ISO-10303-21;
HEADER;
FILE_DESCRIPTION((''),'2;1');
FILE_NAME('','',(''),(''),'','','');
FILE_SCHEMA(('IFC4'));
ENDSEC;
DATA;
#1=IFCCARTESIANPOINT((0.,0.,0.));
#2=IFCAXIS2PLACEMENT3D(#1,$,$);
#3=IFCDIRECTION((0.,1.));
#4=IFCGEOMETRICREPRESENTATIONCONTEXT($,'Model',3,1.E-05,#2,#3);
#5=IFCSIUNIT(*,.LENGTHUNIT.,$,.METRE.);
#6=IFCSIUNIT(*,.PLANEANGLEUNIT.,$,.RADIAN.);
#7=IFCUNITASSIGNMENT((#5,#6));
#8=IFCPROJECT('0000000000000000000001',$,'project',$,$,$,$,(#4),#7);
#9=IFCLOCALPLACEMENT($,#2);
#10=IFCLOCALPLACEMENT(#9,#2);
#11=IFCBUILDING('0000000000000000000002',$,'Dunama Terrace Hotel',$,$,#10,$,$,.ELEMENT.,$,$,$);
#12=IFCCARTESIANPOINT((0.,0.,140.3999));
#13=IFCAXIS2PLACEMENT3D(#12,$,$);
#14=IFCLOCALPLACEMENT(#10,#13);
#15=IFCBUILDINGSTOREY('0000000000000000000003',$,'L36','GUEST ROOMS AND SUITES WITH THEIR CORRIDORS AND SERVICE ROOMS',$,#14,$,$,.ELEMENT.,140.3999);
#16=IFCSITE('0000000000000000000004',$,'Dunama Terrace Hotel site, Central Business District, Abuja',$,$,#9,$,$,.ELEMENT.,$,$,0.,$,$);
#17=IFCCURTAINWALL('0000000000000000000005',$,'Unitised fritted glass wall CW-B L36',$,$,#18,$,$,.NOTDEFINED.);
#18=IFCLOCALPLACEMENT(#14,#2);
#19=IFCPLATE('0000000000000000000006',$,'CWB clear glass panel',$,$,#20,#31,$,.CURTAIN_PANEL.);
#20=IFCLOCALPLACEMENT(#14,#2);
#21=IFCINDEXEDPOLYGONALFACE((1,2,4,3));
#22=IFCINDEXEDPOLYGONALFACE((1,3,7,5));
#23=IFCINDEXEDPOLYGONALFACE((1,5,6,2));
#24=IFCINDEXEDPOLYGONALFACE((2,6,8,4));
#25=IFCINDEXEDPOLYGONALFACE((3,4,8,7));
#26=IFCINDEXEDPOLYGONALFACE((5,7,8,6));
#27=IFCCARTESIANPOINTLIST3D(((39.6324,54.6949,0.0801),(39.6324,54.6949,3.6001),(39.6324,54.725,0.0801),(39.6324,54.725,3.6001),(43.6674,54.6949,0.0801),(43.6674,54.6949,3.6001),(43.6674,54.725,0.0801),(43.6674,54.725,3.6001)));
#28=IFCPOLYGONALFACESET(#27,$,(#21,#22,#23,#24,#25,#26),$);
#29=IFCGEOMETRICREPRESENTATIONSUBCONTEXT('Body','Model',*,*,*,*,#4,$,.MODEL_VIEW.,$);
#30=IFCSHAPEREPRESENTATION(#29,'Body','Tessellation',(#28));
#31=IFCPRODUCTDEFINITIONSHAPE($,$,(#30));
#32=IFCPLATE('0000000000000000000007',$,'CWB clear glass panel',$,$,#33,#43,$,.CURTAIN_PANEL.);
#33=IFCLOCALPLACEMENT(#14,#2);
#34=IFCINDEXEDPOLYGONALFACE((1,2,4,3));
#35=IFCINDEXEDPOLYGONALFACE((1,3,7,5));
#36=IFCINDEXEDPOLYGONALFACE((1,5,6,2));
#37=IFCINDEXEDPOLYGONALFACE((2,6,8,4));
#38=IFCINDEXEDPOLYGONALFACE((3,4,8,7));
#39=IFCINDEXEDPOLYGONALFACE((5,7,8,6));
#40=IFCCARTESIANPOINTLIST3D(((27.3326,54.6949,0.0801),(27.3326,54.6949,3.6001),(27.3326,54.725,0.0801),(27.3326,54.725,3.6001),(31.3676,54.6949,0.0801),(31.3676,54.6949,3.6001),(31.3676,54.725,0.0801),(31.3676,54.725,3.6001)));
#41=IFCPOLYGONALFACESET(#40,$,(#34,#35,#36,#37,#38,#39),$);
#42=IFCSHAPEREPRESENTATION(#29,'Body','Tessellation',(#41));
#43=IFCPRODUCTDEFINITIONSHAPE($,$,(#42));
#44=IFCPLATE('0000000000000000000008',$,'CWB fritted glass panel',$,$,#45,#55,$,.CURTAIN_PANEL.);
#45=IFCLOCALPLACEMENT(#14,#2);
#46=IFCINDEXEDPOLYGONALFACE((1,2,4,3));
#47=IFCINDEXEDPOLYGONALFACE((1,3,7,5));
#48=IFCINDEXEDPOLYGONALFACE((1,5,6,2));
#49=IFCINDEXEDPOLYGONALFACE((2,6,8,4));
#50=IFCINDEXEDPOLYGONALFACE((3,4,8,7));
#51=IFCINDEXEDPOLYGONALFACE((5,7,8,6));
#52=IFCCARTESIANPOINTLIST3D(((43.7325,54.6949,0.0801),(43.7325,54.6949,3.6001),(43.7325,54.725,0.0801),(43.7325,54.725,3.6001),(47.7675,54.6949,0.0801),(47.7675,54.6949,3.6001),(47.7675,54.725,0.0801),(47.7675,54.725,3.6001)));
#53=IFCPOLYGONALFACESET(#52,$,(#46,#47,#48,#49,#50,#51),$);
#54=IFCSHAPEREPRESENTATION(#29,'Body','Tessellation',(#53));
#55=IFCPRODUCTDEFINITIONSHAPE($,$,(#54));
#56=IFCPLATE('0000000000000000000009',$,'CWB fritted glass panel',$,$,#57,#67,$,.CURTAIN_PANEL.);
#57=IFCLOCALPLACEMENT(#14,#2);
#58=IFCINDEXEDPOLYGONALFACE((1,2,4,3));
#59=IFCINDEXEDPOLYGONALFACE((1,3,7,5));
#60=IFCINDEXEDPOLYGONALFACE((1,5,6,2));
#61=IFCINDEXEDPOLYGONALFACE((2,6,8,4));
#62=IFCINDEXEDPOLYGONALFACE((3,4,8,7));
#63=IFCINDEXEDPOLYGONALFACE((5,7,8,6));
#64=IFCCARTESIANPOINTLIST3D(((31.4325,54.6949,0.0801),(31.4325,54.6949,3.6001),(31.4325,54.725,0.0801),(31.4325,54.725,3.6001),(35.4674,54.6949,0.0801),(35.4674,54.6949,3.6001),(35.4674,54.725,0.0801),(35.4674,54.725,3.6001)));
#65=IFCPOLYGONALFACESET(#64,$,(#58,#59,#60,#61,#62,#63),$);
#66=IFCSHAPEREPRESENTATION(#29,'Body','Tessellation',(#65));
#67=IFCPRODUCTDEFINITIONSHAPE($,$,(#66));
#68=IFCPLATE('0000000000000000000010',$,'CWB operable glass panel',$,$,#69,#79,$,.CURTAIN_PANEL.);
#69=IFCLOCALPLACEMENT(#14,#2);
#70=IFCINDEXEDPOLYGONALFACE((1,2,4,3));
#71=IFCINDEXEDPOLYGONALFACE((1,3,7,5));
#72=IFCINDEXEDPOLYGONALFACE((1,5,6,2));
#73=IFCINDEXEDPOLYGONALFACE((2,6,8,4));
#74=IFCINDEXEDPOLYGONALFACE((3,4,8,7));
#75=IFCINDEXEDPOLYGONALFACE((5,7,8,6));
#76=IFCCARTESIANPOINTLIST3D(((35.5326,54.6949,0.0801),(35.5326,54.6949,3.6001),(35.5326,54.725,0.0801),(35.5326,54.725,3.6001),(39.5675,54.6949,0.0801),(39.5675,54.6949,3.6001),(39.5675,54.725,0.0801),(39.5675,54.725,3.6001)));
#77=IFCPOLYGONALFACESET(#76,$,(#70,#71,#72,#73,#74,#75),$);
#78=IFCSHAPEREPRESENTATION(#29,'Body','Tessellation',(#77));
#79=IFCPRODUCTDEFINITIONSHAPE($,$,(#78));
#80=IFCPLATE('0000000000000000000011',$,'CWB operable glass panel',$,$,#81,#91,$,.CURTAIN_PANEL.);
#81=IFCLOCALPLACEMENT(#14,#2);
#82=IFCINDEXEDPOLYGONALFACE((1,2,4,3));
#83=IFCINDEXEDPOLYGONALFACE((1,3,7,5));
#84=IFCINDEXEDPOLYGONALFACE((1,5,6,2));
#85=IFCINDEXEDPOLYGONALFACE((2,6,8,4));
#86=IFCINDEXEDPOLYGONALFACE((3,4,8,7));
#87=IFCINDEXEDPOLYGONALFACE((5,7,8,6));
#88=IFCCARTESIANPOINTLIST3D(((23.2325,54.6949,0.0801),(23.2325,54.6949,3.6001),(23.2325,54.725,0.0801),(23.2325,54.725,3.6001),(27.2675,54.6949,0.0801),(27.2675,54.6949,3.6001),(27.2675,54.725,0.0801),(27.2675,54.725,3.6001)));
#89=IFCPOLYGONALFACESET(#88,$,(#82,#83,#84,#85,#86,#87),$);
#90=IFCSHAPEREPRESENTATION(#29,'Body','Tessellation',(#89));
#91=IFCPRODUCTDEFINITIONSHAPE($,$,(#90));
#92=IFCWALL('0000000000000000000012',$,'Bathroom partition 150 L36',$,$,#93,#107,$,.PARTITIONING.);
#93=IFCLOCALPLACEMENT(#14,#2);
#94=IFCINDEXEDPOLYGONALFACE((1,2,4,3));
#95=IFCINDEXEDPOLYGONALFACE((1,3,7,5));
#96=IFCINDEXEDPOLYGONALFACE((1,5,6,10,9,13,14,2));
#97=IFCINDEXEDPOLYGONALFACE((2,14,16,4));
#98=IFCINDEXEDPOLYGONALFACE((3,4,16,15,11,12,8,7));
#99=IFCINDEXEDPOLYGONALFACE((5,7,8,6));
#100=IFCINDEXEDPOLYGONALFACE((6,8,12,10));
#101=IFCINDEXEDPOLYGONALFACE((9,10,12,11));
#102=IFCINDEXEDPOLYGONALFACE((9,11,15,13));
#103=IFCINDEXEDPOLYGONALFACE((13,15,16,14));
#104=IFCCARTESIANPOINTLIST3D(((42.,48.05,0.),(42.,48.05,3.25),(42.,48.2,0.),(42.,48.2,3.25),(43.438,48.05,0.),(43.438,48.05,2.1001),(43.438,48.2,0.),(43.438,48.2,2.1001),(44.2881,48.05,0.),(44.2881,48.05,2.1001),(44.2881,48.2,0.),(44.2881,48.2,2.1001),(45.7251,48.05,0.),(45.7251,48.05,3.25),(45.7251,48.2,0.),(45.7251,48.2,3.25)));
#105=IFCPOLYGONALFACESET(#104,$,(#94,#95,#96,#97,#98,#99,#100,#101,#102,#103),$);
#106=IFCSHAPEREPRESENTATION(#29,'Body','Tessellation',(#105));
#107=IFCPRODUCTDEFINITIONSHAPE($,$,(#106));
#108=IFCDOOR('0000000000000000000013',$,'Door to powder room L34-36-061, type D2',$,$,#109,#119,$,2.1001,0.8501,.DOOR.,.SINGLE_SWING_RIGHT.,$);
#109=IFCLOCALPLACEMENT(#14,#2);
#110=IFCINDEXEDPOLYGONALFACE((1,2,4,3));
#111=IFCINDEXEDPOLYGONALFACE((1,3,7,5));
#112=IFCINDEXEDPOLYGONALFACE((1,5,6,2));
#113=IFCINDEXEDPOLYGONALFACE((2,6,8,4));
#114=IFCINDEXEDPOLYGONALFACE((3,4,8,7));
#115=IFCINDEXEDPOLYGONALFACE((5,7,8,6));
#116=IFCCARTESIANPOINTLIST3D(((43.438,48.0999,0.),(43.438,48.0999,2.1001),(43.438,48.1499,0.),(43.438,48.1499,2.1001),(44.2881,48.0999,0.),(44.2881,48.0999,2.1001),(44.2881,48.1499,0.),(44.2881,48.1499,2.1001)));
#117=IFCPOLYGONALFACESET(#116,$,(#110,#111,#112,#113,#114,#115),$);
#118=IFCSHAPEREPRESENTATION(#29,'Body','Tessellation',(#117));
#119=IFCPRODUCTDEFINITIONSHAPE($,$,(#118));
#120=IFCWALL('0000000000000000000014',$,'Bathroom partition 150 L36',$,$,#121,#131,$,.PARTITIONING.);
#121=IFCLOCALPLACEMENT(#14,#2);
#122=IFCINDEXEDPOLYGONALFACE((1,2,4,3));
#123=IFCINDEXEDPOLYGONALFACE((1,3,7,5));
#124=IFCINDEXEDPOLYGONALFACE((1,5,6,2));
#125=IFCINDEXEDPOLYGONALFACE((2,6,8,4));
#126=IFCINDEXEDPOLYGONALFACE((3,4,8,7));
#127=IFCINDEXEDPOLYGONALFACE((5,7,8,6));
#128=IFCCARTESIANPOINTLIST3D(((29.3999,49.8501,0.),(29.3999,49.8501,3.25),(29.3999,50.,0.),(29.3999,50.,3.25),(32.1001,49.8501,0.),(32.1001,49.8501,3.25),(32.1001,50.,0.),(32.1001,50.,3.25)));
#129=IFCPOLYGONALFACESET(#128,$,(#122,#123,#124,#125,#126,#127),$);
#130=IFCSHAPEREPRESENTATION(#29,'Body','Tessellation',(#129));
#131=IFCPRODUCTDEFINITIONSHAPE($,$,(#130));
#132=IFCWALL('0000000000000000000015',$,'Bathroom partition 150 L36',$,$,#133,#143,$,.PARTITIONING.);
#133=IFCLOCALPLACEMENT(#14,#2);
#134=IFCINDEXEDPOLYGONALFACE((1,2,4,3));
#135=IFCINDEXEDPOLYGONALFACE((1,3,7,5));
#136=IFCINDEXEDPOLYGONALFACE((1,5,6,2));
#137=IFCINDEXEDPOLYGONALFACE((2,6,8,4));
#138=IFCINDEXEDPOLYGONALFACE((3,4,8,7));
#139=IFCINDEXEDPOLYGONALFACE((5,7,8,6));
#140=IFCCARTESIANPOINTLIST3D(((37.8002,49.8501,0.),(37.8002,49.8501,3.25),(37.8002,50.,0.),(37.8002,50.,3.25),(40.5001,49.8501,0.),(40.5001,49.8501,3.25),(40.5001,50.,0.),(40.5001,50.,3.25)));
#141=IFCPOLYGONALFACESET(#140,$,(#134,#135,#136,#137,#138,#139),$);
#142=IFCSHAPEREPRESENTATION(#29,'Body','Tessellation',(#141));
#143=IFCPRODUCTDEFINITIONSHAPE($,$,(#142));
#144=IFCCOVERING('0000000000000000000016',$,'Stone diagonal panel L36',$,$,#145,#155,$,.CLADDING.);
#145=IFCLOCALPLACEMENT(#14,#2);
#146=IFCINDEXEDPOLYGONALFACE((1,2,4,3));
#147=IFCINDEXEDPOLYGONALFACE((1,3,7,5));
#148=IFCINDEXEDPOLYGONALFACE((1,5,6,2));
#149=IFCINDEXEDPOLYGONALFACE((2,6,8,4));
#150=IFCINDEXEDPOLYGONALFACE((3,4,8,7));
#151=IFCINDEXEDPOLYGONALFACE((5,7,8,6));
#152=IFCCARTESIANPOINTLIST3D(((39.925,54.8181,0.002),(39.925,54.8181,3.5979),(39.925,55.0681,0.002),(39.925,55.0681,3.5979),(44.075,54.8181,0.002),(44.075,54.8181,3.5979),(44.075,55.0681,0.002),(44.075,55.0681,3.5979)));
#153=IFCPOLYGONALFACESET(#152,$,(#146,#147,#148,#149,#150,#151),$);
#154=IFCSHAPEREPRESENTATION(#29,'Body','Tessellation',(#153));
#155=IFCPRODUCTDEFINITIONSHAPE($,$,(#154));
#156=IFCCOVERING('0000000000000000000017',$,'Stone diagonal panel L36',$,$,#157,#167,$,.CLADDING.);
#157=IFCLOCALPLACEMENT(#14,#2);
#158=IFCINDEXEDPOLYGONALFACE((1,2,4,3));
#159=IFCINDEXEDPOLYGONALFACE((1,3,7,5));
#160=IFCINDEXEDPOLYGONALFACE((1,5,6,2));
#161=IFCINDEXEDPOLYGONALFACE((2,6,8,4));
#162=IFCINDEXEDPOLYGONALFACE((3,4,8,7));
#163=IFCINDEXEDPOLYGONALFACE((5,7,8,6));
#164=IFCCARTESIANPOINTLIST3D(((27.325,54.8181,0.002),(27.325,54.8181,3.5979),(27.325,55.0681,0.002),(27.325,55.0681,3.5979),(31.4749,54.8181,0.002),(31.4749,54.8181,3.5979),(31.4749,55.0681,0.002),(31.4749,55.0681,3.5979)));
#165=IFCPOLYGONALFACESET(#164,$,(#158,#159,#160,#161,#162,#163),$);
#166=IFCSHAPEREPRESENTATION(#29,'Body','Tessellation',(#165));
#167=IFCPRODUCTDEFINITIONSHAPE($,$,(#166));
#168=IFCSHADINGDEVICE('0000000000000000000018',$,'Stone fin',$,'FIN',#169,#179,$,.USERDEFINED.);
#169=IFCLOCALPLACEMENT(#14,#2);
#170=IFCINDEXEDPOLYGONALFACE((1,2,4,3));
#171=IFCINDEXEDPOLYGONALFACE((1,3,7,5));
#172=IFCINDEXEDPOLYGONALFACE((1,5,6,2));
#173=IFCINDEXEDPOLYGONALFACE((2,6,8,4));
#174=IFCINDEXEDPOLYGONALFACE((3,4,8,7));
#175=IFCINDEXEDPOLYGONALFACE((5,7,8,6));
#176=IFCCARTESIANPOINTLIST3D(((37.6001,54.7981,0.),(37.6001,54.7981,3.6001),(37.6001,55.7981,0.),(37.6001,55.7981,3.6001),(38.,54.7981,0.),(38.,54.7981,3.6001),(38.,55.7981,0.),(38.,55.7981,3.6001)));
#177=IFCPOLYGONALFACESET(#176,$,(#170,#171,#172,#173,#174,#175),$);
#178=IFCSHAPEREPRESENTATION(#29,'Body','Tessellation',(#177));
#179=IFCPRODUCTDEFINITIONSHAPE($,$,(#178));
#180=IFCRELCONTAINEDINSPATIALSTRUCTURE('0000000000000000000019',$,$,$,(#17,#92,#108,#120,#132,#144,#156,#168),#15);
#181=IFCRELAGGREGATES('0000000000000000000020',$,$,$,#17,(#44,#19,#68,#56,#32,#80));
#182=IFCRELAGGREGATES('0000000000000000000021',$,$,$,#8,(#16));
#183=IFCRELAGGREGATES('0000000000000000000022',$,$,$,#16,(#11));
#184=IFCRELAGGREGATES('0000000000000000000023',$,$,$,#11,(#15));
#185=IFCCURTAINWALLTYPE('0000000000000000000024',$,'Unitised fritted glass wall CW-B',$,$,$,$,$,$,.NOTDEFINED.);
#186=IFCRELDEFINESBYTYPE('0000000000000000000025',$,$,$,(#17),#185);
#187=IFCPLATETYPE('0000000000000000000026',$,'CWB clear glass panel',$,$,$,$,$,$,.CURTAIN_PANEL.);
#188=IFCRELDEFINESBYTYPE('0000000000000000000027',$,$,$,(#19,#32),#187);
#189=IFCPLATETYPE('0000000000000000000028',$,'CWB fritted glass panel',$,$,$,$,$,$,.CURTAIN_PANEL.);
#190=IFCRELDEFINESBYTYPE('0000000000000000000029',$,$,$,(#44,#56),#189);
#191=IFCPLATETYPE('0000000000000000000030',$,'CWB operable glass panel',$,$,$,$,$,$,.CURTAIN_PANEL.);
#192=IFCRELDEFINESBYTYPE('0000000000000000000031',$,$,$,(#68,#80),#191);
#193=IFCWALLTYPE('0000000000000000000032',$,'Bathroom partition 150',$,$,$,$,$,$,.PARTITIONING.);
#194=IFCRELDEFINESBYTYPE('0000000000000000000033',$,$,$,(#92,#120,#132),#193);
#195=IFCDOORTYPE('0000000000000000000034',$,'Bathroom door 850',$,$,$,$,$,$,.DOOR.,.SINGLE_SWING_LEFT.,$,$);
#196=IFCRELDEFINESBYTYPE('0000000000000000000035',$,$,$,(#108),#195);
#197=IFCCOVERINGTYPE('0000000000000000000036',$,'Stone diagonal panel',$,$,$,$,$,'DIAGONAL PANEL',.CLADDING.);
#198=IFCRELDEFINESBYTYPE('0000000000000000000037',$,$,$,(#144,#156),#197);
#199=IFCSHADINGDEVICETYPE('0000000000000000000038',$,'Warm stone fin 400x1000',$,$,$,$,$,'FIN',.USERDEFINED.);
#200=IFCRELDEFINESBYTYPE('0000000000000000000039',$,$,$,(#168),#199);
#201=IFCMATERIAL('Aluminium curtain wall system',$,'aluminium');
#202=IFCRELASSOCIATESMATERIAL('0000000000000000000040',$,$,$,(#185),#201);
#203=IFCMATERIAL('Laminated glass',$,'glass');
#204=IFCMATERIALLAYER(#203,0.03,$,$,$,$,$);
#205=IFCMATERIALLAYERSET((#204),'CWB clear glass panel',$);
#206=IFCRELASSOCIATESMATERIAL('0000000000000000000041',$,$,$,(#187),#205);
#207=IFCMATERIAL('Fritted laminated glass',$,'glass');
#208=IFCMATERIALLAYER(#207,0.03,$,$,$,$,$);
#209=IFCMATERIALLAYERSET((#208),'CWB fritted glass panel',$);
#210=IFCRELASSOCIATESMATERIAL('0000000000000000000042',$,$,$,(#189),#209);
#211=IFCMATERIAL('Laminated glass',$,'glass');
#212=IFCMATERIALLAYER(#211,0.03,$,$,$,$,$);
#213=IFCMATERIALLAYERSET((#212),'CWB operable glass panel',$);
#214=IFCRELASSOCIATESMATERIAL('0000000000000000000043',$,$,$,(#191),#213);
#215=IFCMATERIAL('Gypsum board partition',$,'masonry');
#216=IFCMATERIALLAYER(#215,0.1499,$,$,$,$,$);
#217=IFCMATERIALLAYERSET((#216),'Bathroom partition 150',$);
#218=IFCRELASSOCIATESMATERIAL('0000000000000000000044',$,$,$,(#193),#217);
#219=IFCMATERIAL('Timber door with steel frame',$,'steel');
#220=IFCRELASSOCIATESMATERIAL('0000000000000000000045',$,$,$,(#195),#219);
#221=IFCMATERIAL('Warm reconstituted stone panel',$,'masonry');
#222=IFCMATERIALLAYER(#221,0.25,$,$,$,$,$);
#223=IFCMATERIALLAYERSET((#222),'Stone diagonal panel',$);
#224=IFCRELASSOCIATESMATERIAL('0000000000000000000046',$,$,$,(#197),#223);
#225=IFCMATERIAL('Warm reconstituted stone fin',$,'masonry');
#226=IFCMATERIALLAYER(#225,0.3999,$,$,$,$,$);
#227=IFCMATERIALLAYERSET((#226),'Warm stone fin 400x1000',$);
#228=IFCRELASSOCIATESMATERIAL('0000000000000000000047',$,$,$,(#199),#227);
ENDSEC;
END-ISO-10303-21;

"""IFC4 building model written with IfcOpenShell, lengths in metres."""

from ifc_helpers import new_model, si_unit, direction, frame, frame_2d, origin, origin_2d, place, context, subcontext, project, spatial, rectangle, extrude, material, layer, layer_set, type_object, element, fill, aggregate, save


model = new_model("IFC4")

# Units and contexts
model_context = context("Model", 3, precision=1e-05, world=origin(), true_north=direction((0.0, 1.0)))
body_context = subcontext(model_context, "Body", "Model", "MODEL_VIEW")
ifc_project = project(units=[si_unit("LENGTHUNIT", "METRE"), si_unit("PLANEANGLEUNIT", "RADIAN")], contexts=[model_context])

# Site, building, storey
site_placement = place(None, origin())
site = spatial("IfcSite", under=ifc_project, at=site_placement, Name="Dunama Terrace Hotel site, Central Business District, Abuja", CompositionType="ELEMENT", RefElevation=0.0)
building_placement = place(site_placement, origin())
building = spatial("IfcBuilding", under=site, at=building_placement, Name="Dunama Terrace Hotel", CompositionType="ELEMENT")
storey_placement = place(building_placement, frame((0.0, 0.0, 140.3999)))
storey = spatial("IfcBuildingStorey", under=building, at=storey_placement, Name="L36", Description="GUEST ROOMS AND SUITES WITH THEIR CORRIDORS AND SERVICE ROOMS", CompositionType="ELEMENT", Elevation=140.3999)

# Curtain wall
ifc_material_1 = material(Name="Aluminium curtain wall system", Category="aluminium")
curtain_wall_type = type_object("IfcCurtainWallType", Name="Unitised fritted glass wall CW-B", PredefinedType="NOTDEFINED", material=ifc_material_1)
curtain_wall_placement = place(storey_placement, origin())
curtain_wall = element("IfcCurtainWall", 1, at=curtain_wall_placement, inside=storey, type_object=curtain_wall_type, Name="Unitised fritted glass wall CW-B L36", PredefinedType="NOTDEFINED")

# Plates
ifc_material_2 = material(Name="Laminated glass", Category="glass")
ifc_layer_1 = layer(ifc_material_2, 0.03)
ifc_layer_set_1 = layer_set([ifc_layer_1], Name="CWB clear glass panel")
plate_type_1 = type_object("IfcPlateType", Name="CWB clear glass panel", PredefinedType="CURTAIN_PANEL", material=ifc_layer_set_1)
plate_1_placement = place(storey_placement, frame((41.6499, 54.71, 0.0801), z_axis=(0.0, 0.0, 1.0), x_axis=(-1.0, 0.0, 0.0)))
plate_1 = element("IfcPlate", 2, at=plate_1_placement, type_object=plate_type_1, Name="CWB clear glass panel", PredefinedType="CURTAIN_PANEL", context=body_context, shape_type="SweptSolid", body=[
    extrude(rectangle(XDim=4.0349, YDim=0.03, at=origin_2d()), origin(), (0.0, 0.0, 1.0), 3.52),
])
plate_2_placement = place(storey_placement, frame((29.3501, 54.71, 0.0801), z_axis=(0.0, 0.0, 1.0), x_axis=(-1.0, 0.0, 0.0)))
plate_2 = element("IfcPlate", 3, at=plate_2_placement, type_object=plate_type_1, Name="CWB clear glass panel", PredefinedType="CURTAIN_PANEL", context=body_context, shape_type="SweptSolid", body=[
    extrude(rectangle(XDim=4.0349, YDim=0.03, at=origin_2d()), origin(), (0.0, 0.0, 1.0), 3.52),
])
ifc_material_3 = material(Name="Fritted laminated glass", Category="glass")
ifc_layer_2 = layer(ifc_material_3, 0.03)
ifc_layer_set_2 = layer_set([ifc_layer_2], Name="CWB fritted glass panel")
plate_type_2 = type_object("IfcPlateType", Name="CWB fritted glass panel", PredefinedType="CURTAIN_PANEL", material=ifc_layer_set_2)
plate_3_placement = place(storey_placement, frame((45.75, 54.71, 0.0801), z_axis=(0.0, 0.0, 1.0), x_axis=(-1.0, 0.0, 0.0)))
plate_3 = element("IfcPlate", 4, at=plate_3_placement, type_object=plate_type_2, Name="CWB fritted glass panel", PredefinedType="CURTAIN_PANEL", context=body_context, shape_type="SweptSolid", body=[
    extrude(rectangle(XDim=4.0349, YDim=0.03, at=origin_2d()), origin(), (0.0, 0.0, 1.0), 3.52),
])
plate_4_placement = place(storey_placement, frame((33.45, 54.71, 0.0801), z_axis=(0.0, 0.0, 1.0), x_axis=(-1.0, 0.0, 0.0)))
plate_4 = element("IfcPlate", 5, at=plate_4_placement, type_object=plate_type_2, Name="CWB fritted glass panel", PredefinedType="CURTAIN_PANEL", context=body_context, shape_type="SweptSolid", body=[
    extrude(rectangle(XDim=4.0349, YDim=0.03, at=origin_2d()), origin(), (0.0, 0.0, 1.0), 3.52),
])
ifc_material_4 = material(Name="Laminated glass", Category="glass")
ifc_layer_3 = layer(ifc_material_4, 0.03)
ifc_layer_set_3 = layer_set([ifc_layer_3], Name="CWB operable glass panel")
plate_type_3 = type_object("IfcPlateType", Name="CWB operable glass panel", PredefinedType="CURTAIN_PANEL", material=ifc_layer_set_3)
plate_5_placement = place(storey_placement, frame((37.55, 54.71, 0.0801), z_axis=(0.0, 0.0, 1.0), x_axis=(-1.0, 0.0, 0.0)))
plate_5 = element("IfcPlate", 6, at=plate_5_placement, type_object=plate_type_3, Name="CWB operable glass panel", PredefinedType="CURTAIN_PANEL", context=body_context, shape_type="SweptSolid", body=[
    extrude(rectangle(XDim=4.0349, YDim=0.03, at=origin_2d()), origin(), (0.0, 0.0, 1.0), 3.52),
])
plate_6_placement = place(storey_placement, frame((25.25, 54.71, 0.0801), z_axis=(0.0, 0.0, 1.0), x_axis=(-1.0, 0.0, 0.0)))
plate_6 = element("IfcPlate", 7, at=plate_6_placement, type_object=plate_type_3, Name="CWB operable glass panel", PredefinedType="CURTAIN_PANEL", context=body_context, shape_type="SweptSolid", body=[
    extrude(rectangle(XDim=4.0349, YDim=0.03, at=origin_2d()), origin(), (0.0, 0.0, 1.0), 3.52),
])
aggregate(curtain_wall, [plate_3, plate_1, plate_5, plate_4, plate_2, plate_6])

# Wall, opening, door
ifc_material_5 = material(Name="Gypsum board partition", Category="masonry")
ifc_layer_4 = layer(ifc_material_5, 0.1499)
ifc_layer_set_4 = layer_set([ifc_layer_4], Name="Bathroom partition 150")
wall_type = type_object("IfcWallType", Name="Bathroom partition 150", PredefinedType="PARTITIONING", material=ifc_layer_set_4)
wall_1_placement = place(storey_placement, frame((42.0, 48.125, 0.0), z_axis=(0.0, 0.0, 1.0), x_axis=(1.0, 0.0, 0.0)))
wall_1 = element("IfcWall", 8, at=wall_1_placement, inside=storey, type_object=wall_type, Name="Bathroom partition 150 L36", PredefinedType="PARTITIONING", context=body_context, shape_type="SweptSolid", body=[
    extrude(rectangle(XDim=3.7251, YDim=0.1499, at=frame_2d((1.8625, 0.0))), origin(), (0.0, 0.0, 1.0), 3.25),
])
opening_placement = place(wall_1_placement, frame((1.438, 0.0, 0.0)))
opening = element("IfcOpeningElement", 9, at=opening_placement, cuts=wall_1, PredefinedType="OPENING", context=body_context, shape_type="SweptSolid", body=[
    extrude(rectangle(XDim=0.8501, YDim=2.1001, at=frame_2d((0.425, 1.05))), frame((0.0, 0.085, 0.0), z_axis=(0.0, -1.0, 0.0), x_axis=(1.0, 0.0, 0.0)), (0.0, 0.0, 1.0), 0.1699),
])
ifc_material_6 = material(Name="Timber door with steel frame", Category="steel")
door_type = type_object("IfcDoorType", Name="Bathroom door 850", OperationType="SINGLE_SWING_LEFT", PredefinedType="DOOR", material=ifc_material_6)
door_placement = place(opening_placement, frame((0.8501, 0.0, 0.0), z_axis=(0.0, 0.0, 1.0), x_axis=(-1.0, 0.0, 0.0)))
door = element("IfcDoor", 10, at=door_placement, inside=storey, type_object=door_type, Name="Door to powder room L34-36-061, type D2", OperationType="SINGLE_SWING_RIGHT", OverallHeight=2.1001, OverallWidth=0.8501, PredefinedType="DOOR", context=body_context, shape_type="SweptSolid", body=[
    extrude(rectangle(XDim=0.8501, YDim=2.1001, at=frame_2d((0.425, 1.05))), frame((0.0, 0.0251, 0.0), z_axis=(0.0, -1.0, 0.0), x_axis=(1.0, 0.0, 0.0)), (0.0, 0.0, 1.0), 0.05),
])
fill(opening, door)

# Walls
wall_2_placement = place(storey_placement, frame((29.3999, 49.925, 0.0), z_axis=(0.0, 0.0, 1.0), x_axis=(1.0, 0.0, 0.0)))
element("IfcWall", 11, at=wall_2_placement, inside=storey, type_object=wall_type, Name="Bathroom partition 150 L36", PredefinedType="PARTITIONING", context=body_context, shape_type="SweptSolid", body=[
    extrude(rectangle(XDim=2.7002, YDim=0.1499, at=frame_2d((1.3501, 0.0))), origin(), (0.0, 0.0, 1.0), 3.25),
])
wall_3_placement = place(storey_placement, frame((37.8, 49.925, 0.0), z_axis=(0.0, 0.0, 1.0), x_axis=(1.0, 0.0, 0.0)))
element("IfcWall", 12, at=wall_3_placement, inside=storey, type_object=wall_type, Name="Bathroom partition 150 L36", PredefinedType="PARTITIONING", context=body_context, shape_type="SweptSolid", body=[
    extrude(rectangle(XDim=2.7, YDim=0.1499, at=frame_2d((1.3501, 0.0))), origin(), (0.0, 0.0, 1.0), 3.25),
])

# Coverings
ifc_material_7 = material(Name="Warm reconstituted stone panel", Category="masonry")
ifc_layer_5 = layer(ifc_material_7, 0.25)
ifc_layer_set_5 = layer_set([ifc_layer_5], Name="Stone diagonal panel")
covering_type = type_object("IfcCoveringType", Name="Stone diagonal panel", ElementType="DIAGONAL PANEL", PredefinedType="CLADDING", material=ifc_layer_set_5)
for number, where, z_axis, x_axis, name in (
    (13, (42.0, 54.9431, 0.002), (0.0, 0.0, 1.0), (-1.0, 0.0, 0.0), "Stone diagonal panel L36"),
    (14, (29.3999, 54.9431, 0.002), (0.0, 0.0, 1.0), (-1.0, 0.0, 0.0), "Stone diagonal panel L36"),
):
    element("IfcCovering", number, at=place(storey_placement, frame(where, z_axis=z_axis, x_axis=x_axis)), inside=storey, type_object=covering_type, Name=name, PredefinedType="CLADDING", context=body_context, shape_type="SweptSolid", body=[
        extrude(rectangle(XDim=4.1499, YDim=0.25, at=origin_2d()), origin(), (0.0, 0.0, 1.0), 3.5959),
    ])

# Shading device
ifc_material_8 = material(Name="Warm reconstituted stone fin", Category="masonry")
ifc_layer_6 = layer(ifc_material_8, 0.3999)
ifc_layer_set_6 = layer_set([ifc_layer_6], Name="Warm stone fin 400x1000")
shading_device_type = type_object("IfcShadingDeviceType", Name="Warm stone fin 400x1000", ElementType="FIN", PredefinedType="USERDEFINED", material=ifc_layer_set_6)
shading_device_placement = place(storey_placement, frame((37.8, 55.2981, 0.0), z_axis=(0.0, 0.0, 1.0), x_axis=(-1.0, 0.0, 0.0)))
element("IfcShadingDevice", 15, at=shading_device_placement, inside=storey, type_object=shading_device_type, Name="Stone fin", ObjectType="FIN", PredefinedType="USERDEFINED", context=body_context, shape_type="SweptSolid", body=[
    extrude(rectangle(XDim=0.3999, YDim=1.0, at=origin_2d()), origin(), (0.0, 0.0, 1.0), 3.6001),
])

save(model, "model.ifc")
